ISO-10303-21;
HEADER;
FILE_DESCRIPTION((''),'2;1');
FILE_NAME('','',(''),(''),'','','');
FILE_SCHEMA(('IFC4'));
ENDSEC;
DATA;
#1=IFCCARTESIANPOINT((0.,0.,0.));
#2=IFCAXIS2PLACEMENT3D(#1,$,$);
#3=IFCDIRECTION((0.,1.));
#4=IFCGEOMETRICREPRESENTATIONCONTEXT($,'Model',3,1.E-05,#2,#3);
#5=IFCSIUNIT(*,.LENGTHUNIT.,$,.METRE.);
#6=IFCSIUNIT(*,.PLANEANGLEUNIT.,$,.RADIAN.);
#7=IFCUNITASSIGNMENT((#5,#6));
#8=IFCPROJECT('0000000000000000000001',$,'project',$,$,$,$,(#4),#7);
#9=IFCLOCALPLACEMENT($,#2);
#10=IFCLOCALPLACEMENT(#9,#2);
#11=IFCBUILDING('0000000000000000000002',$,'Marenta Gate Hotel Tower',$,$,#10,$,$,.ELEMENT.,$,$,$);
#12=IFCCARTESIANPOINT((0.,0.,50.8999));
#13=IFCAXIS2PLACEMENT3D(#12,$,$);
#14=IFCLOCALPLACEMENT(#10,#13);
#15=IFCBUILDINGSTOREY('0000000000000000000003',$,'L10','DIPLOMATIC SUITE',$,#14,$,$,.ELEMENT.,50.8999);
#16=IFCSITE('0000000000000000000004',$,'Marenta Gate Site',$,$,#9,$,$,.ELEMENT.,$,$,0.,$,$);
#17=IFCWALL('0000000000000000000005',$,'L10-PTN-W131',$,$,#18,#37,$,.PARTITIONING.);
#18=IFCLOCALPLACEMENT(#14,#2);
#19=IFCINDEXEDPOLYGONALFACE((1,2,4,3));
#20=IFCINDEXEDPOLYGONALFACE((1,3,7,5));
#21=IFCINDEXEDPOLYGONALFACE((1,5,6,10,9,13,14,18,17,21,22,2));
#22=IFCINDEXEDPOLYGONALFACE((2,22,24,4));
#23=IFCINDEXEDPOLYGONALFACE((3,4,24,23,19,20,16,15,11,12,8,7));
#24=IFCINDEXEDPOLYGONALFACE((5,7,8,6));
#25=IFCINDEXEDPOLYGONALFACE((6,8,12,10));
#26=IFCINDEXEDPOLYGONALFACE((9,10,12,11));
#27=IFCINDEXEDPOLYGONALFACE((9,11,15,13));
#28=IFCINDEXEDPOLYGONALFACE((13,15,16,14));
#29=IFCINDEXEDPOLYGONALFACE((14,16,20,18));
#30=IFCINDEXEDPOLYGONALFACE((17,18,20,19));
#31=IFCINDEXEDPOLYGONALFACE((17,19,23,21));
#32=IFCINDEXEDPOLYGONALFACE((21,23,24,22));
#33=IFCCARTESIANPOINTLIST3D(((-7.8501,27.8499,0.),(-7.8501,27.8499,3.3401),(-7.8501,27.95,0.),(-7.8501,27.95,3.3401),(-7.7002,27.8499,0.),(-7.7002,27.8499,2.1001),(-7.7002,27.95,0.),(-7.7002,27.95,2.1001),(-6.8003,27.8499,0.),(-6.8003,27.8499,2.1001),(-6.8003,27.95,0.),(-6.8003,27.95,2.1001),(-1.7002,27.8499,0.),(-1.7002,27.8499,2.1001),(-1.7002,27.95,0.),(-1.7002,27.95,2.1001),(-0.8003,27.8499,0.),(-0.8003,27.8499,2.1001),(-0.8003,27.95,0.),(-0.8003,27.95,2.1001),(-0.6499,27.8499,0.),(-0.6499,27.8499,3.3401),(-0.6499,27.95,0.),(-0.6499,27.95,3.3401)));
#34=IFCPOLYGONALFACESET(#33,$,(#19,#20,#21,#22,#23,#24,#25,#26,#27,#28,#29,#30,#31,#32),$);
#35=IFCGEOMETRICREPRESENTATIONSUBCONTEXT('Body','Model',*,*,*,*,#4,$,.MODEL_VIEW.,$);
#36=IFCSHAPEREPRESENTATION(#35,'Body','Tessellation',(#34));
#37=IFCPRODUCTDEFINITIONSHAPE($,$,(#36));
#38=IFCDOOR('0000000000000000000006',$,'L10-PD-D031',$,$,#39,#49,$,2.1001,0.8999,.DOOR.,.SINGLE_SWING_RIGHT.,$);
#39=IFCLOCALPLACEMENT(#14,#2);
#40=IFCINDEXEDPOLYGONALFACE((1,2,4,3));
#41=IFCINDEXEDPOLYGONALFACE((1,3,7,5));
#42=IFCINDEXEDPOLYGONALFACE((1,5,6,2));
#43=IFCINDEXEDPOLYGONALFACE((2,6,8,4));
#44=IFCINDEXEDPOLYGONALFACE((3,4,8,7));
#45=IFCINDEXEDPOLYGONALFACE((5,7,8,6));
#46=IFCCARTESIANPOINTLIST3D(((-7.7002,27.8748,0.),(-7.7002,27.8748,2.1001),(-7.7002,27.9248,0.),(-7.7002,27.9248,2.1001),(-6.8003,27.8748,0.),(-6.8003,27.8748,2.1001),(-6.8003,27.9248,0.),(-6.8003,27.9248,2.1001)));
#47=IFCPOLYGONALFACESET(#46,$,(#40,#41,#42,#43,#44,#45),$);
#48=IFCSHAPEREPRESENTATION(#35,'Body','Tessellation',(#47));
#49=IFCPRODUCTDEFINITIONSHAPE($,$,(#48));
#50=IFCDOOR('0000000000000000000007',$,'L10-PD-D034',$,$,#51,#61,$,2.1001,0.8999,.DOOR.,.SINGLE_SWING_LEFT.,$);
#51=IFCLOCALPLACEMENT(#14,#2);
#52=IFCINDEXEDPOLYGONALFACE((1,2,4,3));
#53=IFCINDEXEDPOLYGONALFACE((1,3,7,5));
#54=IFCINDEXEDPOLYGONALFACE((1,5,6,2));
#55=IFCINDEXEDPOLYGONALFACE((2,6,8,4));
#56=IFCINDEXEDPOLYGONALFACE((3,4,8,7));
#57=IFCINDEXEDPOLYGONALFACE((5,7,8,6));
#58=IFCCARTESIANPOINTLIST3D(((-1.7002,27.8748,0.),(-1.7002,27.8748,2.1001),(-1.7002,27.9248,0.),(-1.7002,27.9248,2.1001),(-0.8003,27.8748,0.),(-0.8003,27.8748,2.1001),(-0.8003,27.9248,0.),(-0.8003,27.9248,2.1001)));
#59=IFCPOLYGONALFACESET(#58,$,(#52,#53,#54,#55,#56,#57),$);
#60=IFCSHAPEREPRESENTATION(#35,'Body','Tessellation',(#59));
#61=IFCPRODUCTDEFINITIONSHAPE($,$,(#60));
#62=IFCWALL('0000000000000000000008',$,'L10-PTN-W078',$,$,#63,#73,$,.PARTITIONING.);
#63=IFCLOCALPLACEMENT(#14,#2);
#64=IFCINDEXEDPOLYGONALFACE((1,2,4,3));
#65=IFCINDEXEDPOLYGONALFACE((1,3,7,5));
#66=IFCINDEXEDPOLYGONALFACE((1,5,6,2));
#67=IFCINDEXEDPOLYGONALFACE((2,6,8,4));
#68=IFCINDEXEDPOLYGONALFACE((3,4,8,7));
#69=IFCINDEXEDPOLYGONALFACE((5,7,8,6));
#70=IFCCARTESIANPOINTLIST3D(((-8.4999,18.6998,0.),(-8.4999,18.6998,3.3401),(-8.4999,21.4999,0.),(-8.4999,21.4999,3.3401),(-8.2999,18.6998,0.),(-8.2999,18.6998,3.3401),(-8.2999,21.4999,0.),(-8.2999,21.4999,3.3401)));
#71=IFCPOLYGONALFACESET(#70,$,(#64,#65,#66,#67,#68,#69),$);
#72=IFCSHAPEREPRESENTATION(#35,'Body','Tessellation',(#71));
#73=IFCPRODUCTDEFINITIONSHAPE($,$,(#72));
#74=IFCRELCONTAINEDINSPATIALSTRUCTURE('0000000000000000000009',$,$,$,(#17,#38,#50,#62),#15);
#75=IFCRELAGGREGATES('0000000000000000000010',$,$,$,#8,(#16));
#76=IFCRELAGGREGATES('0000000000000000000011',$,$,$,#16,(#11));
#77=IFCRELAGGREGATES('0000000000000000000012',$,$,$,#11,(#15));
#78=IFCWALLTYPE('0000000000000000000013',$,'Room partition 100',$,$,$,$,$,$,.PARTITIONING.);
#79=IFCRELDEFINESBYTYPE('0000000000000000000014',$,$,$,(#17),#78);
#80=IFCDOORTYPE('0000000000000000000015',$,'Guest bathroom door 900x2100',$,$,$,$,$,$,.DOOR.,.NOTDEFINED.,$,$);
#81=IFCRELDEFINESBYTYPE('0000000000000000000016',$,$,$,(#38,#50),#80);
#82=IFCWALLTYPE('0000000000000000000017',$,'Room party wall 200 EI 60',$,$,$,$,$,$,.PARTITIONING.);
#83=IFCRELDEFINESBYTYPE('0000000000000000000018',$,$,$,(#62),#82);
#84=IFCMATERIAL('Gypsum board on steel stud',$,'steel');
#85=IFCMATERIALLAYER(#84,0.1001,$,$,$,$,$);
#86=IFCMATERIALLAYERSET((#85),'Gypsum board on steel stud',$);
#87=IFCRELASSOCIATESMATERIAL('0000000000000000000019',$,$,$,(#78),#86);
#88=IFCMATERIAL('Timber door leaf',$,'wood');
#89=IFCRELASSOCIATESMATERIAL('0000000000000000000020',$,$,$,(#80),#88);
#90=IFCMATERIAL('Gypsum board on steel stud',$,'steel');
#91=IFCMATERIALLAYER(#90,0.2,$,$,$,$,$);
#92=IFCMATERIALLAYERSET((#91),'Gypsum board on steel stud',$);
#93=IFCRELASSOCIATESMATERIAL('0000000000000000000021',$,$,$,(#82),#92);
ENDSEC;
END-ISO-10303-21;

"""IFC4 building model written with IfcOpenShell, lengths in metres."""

from ifc_helpers import new_model, si_unit, direction, frame, frame_2d, origin, place, context, subcontext, project, spatial, rectangle, extrude, material, layer, layer_set, type_object, element, fill, save


model = new_model("IFC4")

# Units and contexts
model_context = context("Model", 3, precision=1e-05, world=origin(), true_north=direction((0.0, 1.0)))
body_context = subcontext(model_context, "Body", "Model", "MODEL_VIEW")
ifc_project = project(units=[si_unit("LENGTHUNIT", "METRE"), si_unit("PLANEANGLEUNIT", "RADIAN")], contexts=[model_context])

# Site, building, storey
site_placement = place(None, origin())
site = spatial("IfcSite", under=ifc_project, at=site_placement, Name="Marenta Gate Site", CompositionType="ELEMENT", RefElevation=0.0)
building_placement = place(site_placement, origin())
building = spatial("IfcBuilding", under=site, at=building_placement, Name="Marenta Gate Hotel Tower", CompositionType="ELEMENT")
storey_placement = place(building_placement, frame((0.0, 0.0, 50.8999)))
storey = spatial("IfcBuildingStorey", under=building, at=storey_placement, Name="L10", Description="DIPLOMATIC SUITE", CompositionType="ELEMENT", Elevation=50.8999)

# Shared definitions
ifc_material_1 = material(Name="Gypsum board on steel stud", Category="steel")
ifc_layer_1 = layer(ifc_material_1, 0.1001)
ifc_layer_set_1 = layer_set([ifc_layer_1], Name="Gypsum board on steel stud")
wall_type_1 = type_object("IfcWallType", Name="Room partition 100", PredefinedType="PARTITIONING", material=ifc_layer_set_1)

# Wall, openings, doors
wall_1_placement = place(storey_placement, frame((-7.8501, 27.8999, 0.0), z_axis=(0.0, 0.0, 1.0), x_axis=(1.0, 0.0, 0.0)))
wall_1 = element("IfcWall", 1, at=wall_1_placement, inside=storey, type_object=wall_type_1, Name="L10-PTN-W131", PredefinedType="PARTITIONING", context=body_context, shape_type="SweptSolid", body=[
    extrude(rectangle(XDim=7.2002, YDim=0.1001, at=frame_2d((3.6001, 0.0))), origin(), (0.0, 0.0, 1.0), 3.3401),
])
opening_1_placement = place(wall_1_placement, frame((0.1499, 0.0, 0.0)))
opening_1 = element("IfcOpeningElement", 2, at=opening_1_placement, cuts=wall_1, PredefinedType="OPENING", context=body_context, shape_type="SweptSolid", body=[
    extrude(rectangle(XDim=0.8999, YDim=2.1001, at=frame_2d((0.45, 1.05))), frame((0.0, 0.05, 0.0), z_axis=(0.0, -1.0, 0.0), x_axis=(1.0, 0.0, 0.0)), (0.0, 0.0, 1.0), 0.1001),
])
opening_2_placement = place(wall_1_placement, frame((6.1499, 0.0, 0.0)))
opening_2 = element("IfcOpeningElement", 3, at=opening_2_placement, cuts=wall_1, PredefinedType="OPENING", context=body_context, shape_type="SweptSolid", body=[
    extrude(rectangle(XDim=0.8999, YDim=2.1001, at=frame_2d((0.45, 1.05))), frame((0.0, 0.05, 0.0), z_axis=(0.0, -1.0, 0.0), x_axis=(1.0, 0.0, 0.0)), (0.0, 0.0, 1.0), 0.1001),
])
ifc_material_2 = material(Name="Timber door leaf", Category="wood")
door_type_1 = type_object("IfcDoorType", Name="Guest bathroom door 900x2100", OperationType="NOTDEFINED", PredefinedType="DOOR", material=ifc_material_2)
door_1_placement = place(opening_1_placement, origin())
door_1 = element("IfcDoor", 4, at=door_1_placement, inside=storey, type_object=door_type_1, Name="L10-PD-D031", OperationType="SINGLE_SWING_RIGHT", OverallHeight=2.1001, OverallWidth=0.8999, PredefinedType="DOOR", context=body_context, shape_type="SweptSolid", body=[
    extrude(rectangle(XDim=0.8999, YDim=2.1001, at=frame_2d((0.45, 1.05))), frame((0.0, 0.0249, 0.0), z_axis=(0.0, -1.0, 0.0), x_axis=(1.0, 0.0, 0.0)), (0.0, 0.0, 1.0), 0.05),
])
fill(opening_1, door_1)
door_2_placement = place(opening_2_placement, origin())
door_2 = element("IfcDoor", 5, at=door_2_placement, inside=storey, type_object=door_type_1, Name="L10-PD-D034", OperationType="SINGLE_SWING_LEFT", OverallHeight=2.1001, OverallWidth=0.8999, PredefinedType="DOOR", context=body_context, shape_type="SweptSolid", body=[
    extrude(rectangle(XDim=0.8999, YDim=2.1001, at=frame_2d((0.45, 1.05))), frame((0.0, 0.0249, 0.0), z_axis=(0.0, -1.0, 0.0), x_axis=(1.0, 0.0, 0.0)), (0.0, 0.0, 1.0), 0.05),
])
fill(opening_2, door_2)

# Wall
ifc_material_3 = material(Name="Gypsum board on steel stud", Category="steel")
ifc_layer_2 = layer(ifc_material_3, 0.2)
ifc_layer_set_2 = layer_set([ifc_layer_2], Name="Gypsum board on steel stud")
wall_type_2 = type_object("IfcWallType", Name="Room party wall 200 EI 60", PredefinedType="PARTITIONING", material=ifc_layer_set_2)
wall_2_placement = place(storey_placement, frame((-8.3999, 18.7, 0.0), z_axis=(0.0, 0.0, 1.0), x_axis=(0.0, 1.0, 0.0)))
element("IfcWall", 6, at=wall_2_placement, inside=storey, type_object=wall_type_2, Name="L10-PTN-W078", PredefinedType="PARTITIONING", context=body_context, shape_type="SweptSolid", body=[
    extrude(rectangle(XDim=2.8, YDim=0.2, at=frame_2d((1.3999, 0.0))), origin(), (0.0, 0.0, 1.0), 3.3401),
])

save(model, "model.ifc")
